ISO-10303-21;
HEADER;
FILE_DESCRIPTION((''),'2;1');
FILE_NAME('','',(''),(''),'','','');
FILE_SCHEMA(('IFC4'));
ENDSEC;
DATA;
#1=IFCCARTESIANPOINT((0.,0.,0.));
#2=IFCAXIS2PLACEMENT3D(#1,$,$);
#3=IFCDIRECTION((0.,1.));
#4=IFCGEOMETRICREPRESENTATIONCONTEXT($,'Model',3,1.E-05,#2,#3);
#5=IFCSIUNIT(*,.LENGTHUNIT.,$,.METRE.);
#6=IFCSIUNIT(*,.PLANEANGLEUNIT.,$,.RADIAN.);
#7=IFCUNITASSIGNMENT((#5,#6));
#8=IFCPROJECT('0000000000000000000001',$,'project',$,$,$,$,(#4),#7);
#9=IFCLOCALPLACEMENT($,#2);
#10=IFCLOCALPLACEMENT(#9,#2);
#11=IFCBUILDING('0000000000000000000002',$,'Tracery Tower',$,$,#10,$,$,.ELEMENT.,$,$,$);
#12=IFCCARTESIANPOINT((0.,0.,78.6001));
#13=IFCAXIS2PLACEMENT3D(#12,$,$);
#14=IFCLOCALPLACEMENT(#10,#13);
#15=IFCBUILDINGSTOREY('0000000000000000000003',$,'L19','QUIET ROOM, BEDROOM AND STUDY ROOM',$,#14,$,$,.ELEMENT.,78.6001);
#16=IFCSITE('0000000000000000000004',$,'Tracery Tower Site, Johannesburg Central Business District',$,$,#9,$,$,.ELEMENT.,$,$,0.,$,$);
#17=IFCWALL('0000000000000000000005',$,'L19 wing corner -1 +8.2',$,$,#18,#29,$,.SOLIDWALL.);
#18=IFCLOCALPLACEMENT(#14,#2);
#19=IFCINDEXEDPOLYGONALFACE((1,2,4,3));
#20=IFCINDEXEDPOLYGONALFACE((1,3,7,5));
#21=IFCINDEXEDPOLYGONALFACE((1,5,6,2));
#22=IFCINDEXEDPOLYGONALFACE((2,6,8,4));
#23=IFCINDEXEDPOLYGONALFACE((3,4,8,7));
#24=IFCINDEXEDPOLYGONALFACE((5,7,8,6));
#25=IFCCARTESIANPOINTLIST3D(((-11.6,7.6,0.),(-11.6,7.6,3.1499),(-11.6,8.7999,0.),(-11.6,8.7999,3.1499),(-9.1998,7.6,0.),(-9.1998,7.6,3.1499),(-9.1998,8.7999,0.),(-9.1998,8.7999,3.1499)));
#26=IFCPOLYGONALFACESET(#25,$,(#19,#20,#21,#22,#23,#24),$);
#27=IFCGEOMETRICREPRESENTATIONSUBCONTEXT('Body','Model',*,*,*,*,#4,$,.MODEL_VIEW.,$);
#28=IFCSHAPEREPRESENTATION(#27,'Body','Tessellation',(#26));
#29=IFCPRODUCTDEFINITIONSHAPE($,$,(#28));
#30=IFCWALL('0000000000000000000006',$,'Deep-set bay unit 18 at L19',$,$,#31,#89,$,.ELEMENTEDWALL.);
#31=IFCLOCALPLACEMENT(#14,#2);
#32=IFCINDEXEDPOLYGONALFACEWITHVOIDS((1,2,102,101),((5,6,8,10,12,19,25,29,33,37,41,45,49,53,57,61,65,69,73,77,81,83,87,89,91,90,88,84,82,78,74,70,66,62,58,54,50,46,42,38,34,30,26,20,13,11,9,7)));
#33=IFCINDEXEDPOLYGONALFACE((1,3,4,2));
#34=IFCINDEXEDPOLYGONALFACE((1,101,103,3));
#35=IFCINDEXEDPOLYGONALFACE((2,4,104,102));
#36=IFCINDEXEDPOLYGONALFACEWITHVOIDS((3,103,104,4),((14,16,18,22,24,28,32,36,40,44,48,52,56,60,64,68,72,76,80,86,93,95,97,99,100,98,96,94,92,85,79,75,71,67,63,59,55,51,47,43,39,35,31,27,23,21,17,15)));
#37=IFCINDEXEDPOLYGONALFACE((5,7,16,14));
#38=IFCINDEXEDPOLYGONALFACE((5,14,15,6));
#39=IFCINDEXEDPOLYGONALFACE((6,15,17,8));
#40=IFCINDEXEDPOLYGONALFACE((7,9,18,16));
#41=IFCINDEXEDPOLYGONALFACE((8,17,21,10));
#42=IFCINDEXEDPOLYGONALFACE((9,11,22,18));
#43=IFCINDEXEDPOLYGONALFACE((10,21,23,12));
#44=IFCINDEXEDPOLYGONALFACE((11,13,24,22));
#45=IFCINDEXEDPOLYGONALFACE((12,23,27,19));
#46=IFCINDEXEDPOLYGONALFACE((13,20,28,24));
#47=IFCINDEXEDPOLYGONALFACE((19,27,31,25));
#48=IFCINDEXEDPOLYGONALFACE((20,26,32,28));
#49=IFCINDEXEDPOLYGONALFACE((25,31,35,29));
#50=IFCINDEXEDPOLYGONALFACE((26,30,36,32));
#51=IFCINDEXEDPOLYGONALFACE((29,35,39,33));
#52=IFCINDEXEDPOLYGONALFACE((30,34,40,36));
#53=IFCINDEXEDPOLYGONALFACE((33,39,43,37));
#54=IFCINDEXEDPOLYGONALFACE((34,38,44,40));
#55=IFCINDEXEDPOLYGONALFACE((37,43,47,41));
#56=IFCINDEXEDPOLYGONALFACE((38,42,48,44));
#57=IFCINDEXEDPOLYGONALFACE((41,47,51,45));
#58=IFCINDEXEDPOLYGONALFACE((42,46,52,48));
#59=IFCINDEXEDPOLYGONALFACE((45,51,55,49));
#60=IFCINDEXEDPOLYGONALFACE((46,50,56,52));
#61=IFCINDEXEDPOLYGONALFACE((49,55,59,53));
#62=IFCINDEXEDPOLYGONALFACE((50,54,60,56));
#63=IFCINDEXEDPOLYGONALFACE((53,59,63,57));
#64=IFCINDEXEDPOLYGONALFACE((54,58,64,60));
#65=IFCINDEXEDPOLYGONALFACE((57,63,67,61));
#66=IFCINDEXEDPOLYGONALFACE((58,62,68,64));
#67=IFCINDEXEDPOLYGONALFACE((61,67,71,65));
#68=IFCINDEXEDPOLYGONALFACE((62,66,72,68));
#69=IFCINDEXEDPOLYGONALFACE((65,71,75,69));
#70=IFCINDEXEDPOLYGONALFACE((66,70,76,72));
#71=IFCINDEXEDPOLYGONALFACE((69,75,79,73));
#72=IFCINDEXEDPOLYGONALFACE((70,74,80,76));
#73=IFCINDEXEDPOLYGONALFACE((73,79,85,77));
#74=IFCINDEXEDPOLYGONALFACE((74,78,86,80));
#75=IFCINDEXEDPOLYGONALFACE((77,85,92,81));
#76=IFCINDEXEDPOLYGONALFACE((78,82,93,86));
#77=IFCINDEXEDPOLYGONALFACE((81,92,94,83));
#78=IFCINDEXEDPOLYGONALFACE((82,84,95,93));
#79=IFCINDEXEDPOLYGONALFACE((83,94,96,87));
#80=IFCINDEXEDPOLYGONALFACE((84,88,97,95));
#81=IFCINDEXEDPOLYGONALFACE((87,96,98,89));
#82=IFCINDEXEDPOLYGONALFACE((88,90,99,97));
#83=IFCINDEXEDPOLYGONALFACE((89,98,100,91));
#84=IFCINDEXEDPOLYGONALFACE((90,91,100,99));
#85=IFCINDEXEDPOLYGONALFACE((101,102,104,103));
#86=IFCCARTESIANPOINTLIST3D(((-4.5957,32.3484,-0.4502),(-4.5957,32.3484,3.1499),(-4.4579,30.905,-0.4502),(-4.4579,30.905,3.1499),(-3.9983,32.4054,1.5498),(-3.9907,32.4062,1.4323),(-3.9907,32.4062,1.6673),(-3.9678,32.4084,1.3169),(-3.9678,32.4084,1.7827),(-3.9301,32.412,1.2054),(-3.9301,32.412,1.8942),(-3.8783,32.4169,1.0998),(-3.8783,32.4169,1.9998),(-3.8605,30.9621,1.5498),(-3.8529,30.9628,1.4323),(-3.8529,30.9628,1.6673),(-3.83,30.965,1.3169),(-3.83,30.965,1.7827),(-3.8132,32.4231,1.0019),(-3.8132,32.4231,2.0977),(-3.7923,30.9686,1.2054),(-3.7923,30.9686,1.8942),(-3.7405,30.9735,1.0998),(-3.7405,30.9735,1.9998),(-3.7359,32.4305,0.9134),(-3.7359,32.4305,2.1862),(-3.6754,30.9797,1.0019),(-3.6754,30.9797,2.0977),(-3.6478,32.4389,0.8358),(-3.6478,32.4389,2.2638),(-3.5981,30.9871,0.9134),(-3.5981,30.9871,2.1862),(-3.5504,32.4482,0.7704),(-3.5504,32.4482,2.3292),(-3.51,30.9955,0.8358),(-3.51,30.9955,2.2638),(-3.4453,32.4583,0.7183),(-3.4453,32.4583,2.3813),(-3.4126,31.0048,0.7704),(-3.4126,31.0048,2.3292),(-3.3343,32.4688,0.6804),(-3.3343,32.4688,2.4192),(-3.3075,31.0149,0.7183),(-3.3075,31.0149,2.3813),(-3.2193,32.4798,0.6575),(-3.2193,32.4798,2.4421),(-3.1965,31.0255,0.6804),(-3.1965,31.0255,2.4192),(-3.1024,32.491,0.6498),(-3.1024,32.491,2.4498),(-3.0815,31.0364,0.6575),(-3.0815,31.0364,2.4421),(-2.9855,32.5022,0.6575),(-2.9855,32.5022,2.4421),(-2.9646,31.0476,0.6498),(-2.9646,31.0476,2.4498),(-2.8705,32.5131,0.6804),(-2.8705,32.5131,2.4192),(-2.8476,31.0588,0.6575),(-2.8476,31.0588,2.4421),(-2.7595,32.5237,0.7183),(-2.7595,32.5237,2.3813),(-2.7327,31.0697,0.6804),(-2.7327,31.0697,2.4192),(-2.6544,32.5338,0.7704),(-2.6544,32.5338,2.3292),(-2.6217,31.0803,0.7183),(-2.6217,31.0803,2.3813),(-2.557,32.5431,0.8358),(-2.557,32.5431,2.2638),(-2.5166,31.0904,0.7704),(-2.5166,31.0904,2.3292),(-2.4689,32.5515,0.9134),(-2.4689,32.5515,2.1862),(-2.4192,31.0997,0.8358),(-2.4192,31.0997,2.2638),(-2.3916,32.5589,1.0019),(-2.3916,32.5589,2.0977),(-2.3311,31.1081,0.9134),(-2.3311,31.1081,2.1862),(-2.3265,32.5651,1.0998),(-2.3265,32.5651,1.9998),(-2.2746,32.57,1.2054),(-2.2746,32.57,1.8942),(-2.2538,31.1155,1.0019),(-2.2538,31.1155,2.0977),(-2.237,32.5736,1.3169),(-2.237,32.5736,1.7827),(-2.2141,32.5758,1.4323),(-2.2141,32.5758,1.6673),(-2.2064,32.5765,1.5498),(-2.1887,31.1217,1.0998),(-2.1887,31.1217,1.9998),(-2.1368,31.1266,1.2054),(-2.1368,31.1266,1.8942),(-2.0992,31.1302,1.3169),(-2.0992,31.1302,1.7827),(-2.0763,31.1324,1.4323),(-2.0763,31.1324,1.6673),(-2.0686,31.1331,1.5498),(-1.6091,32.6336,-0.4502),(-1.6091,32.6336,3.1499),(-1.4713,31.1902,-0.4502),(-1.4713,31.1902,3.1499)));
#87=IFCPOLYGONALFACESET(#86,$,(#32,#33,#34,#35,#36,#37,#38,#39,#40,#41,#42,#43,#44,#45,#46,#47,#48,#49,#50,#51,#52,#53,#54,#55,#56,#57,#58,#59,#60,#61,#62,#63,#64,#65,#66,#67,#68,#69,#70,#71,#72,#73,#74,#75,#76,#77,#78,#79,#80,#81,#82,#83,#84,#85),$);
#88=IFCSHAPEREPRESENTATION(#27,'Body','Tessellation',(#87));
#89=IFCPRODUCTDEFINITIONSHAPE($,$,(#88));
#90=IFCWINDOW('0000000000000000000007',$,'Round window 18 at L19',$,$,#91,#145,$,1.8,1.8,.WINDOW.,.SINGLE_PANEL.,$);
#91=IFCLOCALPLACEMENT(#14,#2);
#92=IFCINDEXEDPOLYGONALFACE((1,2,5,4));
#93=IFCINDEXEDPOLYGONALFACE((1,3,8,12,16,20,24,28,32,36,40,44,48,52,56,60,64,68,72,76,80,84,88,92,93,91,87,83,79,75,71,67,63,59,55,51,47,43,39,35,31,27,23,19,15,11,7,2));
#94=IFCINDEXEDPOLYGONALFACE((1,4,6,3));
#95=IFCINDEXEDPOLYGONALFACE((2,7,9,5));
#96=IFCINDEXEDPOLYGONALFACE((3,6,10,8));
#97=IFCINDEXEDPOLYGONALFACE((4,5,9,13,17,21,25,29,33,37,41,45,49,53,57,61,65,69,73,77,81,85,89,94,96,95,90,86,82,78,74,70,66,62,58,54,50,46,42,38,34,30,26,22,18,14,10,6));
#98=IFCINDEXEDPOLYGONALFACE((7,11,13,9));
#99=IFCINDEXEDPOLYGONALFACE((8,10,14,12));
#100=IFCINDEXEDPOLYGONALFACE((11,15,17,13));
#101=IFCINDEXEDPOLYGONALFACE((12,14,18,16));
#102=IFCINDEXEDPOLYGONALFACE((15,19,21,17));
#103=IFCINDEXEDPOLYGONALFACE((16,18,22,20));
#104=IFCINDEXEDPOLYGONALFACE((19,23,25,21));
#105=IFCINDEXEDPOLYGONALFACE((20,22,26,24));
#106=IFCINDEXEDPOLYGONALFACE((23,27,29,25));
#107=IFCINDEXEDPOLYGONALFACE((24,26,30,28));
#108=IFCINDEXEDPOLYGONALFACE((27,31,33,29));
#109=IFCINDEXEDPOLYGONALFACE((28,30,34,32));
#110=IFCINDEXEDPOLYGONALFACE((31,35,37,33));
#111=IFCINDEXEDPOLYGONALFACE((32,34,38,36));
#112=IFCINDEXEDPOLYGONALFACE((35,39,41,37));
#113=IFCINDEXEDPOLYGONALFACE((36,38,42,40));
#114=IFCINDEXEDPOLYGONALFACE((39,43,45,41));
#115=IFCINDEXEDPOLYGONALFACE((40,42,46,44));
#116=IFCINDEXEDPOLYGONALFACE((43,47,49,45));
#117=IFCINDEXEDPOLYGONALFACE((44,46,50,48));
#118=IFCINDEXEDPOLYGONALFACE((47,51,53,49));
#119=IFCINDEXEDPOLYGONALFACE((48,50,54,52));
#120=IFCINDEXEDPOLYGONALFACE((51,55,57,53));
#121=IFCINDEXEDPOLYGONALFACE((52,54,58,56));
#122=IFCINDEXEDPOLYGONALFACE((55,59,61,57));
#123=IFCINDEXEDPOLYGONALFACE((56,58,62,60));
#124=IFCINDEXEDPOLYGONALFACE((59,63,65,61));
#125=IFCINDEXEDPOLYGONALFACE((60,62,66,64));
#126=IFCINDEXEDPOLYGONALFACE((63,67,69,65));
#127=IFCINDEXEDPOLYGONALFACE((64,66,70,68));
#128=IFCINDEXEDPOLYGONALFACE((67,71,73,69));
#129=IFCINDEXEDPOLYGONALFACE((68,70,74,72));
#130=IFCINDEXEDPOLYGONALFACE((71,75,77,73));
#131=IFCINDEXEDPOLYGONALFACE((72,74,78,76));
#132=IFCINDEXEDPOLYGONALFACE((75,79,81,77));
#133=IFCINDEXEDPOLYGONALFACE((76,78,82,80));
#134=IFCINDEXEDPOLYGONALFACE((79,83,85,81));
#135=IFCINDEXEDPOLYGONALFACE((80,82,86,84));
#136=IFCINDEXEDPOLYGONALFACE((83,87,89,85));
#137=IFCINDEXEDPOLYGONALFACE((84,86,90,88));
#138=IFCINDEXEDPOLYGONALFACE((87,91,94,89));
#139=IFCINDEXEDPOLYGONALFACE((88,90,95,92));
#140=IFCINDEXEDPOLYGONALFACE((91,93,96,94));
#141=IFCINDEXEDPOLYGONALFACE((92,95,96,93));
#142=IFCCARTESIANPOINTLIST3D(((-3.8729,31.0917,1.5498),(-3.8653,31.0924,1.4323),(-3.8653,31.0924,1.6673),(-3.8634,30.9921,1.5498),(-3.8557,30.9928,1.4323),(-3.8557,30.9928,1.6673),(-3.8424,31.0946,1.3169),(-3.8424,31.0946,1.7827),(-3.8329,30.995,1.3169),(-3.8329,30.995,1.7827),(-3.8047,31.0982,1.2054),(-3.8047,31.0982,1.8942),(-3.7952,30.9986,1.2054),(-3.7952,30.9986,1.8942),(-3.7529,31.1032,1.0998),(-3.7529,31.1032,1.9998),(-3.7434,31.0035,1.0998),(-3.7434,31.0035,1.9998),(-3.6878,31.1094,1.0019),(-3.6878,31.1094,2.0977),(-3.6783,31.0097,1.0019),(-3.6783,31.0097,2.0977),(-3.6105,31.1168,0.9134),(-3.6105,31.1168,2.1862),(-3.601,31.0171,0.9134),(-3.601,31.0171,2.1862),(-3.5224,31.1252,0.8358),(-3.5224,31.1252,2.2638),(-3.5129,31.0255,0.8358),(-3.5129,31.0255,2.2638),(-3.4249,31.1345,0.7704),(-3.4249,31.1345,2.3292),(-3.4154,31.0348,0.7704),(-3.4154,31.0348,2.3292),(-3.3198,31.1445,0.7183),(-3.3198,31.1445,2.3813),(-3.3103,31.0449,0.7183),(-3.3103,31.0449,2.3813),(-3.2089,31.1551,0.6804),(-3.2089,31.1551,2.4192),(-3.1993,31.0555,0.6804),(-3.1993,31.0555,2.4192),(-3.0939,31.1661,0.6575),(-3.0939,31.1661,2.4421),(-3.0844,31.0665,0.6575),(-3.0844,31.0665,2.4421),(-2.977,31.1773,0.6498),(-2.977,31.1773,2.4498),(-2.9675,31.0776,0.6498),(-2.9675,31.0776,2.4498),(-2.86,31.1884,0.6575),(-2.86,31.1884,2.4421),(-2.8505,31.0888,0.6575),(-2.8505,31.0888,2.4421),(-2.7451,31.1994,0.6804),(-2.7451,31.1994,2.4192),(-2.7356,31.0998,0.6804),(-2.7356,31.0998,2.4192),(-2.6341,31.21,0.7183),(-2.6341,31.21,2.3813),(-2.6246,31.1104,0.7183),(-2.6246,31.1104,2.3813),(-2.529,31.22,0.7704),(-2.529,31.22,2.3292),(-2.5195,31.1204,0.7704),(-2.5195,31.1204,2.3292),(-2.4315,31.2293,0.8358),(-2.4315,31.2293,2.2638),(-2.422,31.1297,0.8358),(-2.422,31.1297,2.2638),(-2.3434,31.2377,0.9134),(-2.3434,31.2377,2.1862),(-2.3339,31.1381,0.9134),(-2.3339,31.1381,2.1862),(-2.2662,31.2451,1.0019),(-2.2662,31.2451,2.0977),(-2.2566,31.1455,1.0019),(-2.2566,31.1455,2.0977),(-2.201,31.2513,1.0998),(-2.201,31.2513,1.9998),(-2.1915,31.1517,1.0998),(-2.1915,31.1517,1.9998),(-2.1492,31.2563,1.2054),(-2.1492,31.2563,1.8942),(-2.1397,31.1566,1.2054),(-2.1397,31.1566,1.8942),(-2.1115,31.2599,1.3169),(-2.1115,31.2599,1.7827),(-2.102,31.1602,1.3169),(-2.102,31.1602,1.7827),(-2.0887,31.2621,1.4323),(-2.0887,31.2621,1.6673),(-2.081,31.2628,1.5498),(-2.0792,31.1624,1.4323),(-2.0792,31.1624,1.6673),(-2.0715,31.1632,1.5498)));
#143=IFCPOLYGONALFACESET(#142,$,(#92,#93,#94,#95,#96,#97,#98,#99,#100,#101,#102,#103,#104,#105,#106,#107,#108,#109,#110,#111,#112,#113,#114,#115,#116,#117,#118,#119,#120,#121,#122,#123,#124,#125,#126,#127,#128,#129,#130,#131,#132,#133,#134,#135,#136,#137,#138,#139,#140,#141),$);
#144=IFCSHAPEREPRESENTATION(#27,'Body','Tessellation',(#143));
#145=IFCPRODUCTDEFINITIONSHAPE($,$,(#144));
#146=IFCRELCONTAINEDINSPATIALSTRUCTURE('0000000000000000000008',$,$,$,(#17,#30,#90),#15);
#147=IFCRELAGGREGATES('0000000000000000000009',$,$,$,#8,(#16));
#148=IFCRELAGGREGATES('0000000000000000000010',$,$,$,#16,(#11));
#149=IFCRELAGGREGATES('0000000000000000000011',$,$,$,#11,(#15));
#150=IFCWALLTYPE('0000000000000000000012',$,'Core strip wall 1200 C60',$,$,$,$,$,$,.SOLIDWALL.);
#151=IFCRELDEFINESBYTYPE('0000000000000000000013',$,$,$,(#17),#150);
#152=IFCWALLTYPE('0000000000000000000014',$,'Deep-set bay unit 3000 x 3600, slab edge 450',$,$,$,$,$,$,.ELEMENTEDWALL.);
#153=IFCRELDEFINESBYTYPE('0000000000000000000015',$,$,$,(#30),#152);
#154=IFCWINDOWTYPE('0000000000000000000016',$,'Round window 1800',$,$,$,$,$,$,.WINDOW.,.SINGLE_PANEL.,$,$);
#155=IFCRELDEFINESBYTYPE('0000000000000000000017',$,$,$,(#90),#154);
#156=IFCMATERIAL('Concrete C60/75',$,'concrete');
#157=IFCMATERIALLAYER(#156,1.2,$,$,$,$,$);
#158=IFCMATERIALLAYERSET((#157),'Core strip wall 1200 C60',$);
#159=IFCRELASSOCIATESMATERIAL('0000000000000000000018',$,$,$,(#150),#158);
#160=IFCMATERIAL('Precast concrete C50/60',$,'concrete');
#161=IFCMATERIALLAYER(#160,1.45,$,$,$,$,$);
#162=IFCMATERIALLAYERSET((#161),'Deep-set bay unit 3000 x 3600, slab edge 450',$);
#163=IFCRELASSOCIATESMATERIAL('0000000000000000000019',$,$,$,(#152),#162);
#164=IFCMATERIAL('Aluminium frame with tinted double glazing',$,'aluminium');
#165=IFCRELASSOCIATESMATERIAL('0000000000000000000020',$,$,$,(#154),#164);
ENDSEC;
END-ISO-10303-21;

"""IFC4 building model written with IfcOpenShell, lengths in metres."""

from ifc_helpers import new_model, si_unit, direction, frame, frame_2d, origin, origin_2d, place, context, subcontext, project, spatial, rectangle, circle, extrude, material, layer, layer_set, type_object, element, fill, save


model = new_model("IFC4")

# Units and contexts
model_context = context("Model", 3, precision=1e-05, world=origin(), true_north=direction((0.0, 1.0)))
body_context = subcontext(model_context, "Body", "Model", "MODEL_VIEW")
ifc_project = project(units=[si_unit("LENGTHUNIT", "METRE"), si_unit("PLANEANGLEUNIT", "RADIAN")], contexts=[model_context])

# Site, building, storey
site_placement = place(None, origin())
site = spatial("IfcSite", under=ifc_project, at=site_placement, Name="Tracery Tower Site, Johannesburg Central Business District", CompositionType="ELEMENT", RefElevation=0.0)
building_placement = place(site_placement, origin())
building = spatial("IfcBuilding", under=site, at=building_placement, Name="Tracery Tower", CompositionType="ELEMENT")
storey_placement = place(building_placement, frame((0.0, 0.0, 78.6001)))
storey = spatial("IfcBuildingStorey", under=building, at=storey_placement, Name="L19", Description="QUIET ROOM, BEDROOM AND STUDY ROOM", CompositionType="ELEMENT", Elevation=78.6001)

# Wall
ifc_material_1 = material(Name="Concrete C60/75", Category="concrete")
ifc_layer_1 = layer(ifc_material_1, 1.2)
ifc_layer_set_1 = layer_set([ifc_layer_1], Name="Core strip wall 1200 C60")
wall_type_1 = type_object("IfcWallType", Name="Core strip wall 1200 C60", PredefinedType="SOLIDWALL", material=ifc_layer_set_1)
wall_1_placement = place(storey_placement, frame((-11.6001, 8.2, 0.0), z_axis=(0.0, 0.0, 1.0), x_axis=(1.0, 0.0, 0.0)))
element("IfcWall", 1, at=wall_1_placement, inside=storey, type_object=wall_type_1, Name="L19 wing corner -1 +8.2", PredefinedType="SOLIDWALL", context=body_context, shape_type="SweptSolid", body=[
    extrude(rectangle(XDim=2.4001, YDim=1.2, at=frame_2d((1.2002, 0.0))), origin(), (0.0, 0.0, 1.0), 3.1499),
])

# Wall, opening, window
ifc_material_2 = material(Name="Precast concrete C50/60", Category="concrete")
ifc_layer_2 = layer(ifc_material_2, 1.45)
ifc_layer_set_2 = layer_set([ifc_layer_2], Name="Deep-set bay unit 3000 x 3600, slab edge 450")
wall_type_2 = type_object("IfcWallType", Name="Deep-set bay unit 3000 x 3600, slab edge 450", PredefinedType="ELEMENTEDWALL", material=ifc_layer_set_2)
wall_2_placement = place(storey_placement, frame((-1.5403, 31.9119, -0.4502), z_axis=(0.0, 0.0, 1.0), x_axis=(-0.995473, -0.095047, 0.0)))
wall_2 = element("IfcWall", 2, at=wall_2_placement, inside=storey, type_object=wall_type_2, Name="Deep-set bay unit 18 at L19", PredefinedType="ELEMENTEDWALL", context=body_context, shape_type="SweptSolid", body=[
    extrude(rectangle(XDim=3.0002, YDim=1.45, at=frame_2d((1.5, 0.0))), origin(), (0.0, 0.0, 1.0), 3.6001),
])
opening_1_placement = place(wall_2_placement, frame((1.5, 0.0, 2.0)))
opening_1 = element("IfcOpeningElement", 3, at=opening_1_placement, cuts=wall_2, PredefinedType="OPENING", context=body_context, shape_type="SweptSolid", body=[
    extrude(circle(Radius=0.9, at=origin_2d()), frame((0.0, 0.7349, 0.0), z_axis=(0.0, -1.0, 0.0), x_axis=(1.0, 0.0, 0.0)), (0.0, 0.0, 1.0), 1.47),
])
ifc_material_3 = material(Name="Aluminium frame with tinted double glazing", Category="aluminium")
window_type = type_object("IfcWindowType", Name="Round window 1800", PartitioningType="SINGLE_PANEL", PredefinedType="WINDOW", material=ifc_material_3)
window_1_placement = place(opening_1_placement, origin())
window_1 = element("IfcWindow", 4, at=window_1_placement, inside=storey, type_object=window_type, Name="Round window 18 at L19", OverallHeight=1.8, OverallWidth=1.8, PartitioningType="SINGLE_PANEL", PredefinedType="WINDOW", context=body_context, shape_type="SweptSolid", body=[
    extrude(circle(Radius=0.9, at=origin_2d()), frame((0.0, 0.6948, 0.0), z_axis=(0.0, -1.0, 0.0), x_axis=(1.0, 0.0, 0.0)), (0.0, 0.0, 1.0), 0.1001),
])
fill(opening_1, window_1)

save(model, "model.ifc")
